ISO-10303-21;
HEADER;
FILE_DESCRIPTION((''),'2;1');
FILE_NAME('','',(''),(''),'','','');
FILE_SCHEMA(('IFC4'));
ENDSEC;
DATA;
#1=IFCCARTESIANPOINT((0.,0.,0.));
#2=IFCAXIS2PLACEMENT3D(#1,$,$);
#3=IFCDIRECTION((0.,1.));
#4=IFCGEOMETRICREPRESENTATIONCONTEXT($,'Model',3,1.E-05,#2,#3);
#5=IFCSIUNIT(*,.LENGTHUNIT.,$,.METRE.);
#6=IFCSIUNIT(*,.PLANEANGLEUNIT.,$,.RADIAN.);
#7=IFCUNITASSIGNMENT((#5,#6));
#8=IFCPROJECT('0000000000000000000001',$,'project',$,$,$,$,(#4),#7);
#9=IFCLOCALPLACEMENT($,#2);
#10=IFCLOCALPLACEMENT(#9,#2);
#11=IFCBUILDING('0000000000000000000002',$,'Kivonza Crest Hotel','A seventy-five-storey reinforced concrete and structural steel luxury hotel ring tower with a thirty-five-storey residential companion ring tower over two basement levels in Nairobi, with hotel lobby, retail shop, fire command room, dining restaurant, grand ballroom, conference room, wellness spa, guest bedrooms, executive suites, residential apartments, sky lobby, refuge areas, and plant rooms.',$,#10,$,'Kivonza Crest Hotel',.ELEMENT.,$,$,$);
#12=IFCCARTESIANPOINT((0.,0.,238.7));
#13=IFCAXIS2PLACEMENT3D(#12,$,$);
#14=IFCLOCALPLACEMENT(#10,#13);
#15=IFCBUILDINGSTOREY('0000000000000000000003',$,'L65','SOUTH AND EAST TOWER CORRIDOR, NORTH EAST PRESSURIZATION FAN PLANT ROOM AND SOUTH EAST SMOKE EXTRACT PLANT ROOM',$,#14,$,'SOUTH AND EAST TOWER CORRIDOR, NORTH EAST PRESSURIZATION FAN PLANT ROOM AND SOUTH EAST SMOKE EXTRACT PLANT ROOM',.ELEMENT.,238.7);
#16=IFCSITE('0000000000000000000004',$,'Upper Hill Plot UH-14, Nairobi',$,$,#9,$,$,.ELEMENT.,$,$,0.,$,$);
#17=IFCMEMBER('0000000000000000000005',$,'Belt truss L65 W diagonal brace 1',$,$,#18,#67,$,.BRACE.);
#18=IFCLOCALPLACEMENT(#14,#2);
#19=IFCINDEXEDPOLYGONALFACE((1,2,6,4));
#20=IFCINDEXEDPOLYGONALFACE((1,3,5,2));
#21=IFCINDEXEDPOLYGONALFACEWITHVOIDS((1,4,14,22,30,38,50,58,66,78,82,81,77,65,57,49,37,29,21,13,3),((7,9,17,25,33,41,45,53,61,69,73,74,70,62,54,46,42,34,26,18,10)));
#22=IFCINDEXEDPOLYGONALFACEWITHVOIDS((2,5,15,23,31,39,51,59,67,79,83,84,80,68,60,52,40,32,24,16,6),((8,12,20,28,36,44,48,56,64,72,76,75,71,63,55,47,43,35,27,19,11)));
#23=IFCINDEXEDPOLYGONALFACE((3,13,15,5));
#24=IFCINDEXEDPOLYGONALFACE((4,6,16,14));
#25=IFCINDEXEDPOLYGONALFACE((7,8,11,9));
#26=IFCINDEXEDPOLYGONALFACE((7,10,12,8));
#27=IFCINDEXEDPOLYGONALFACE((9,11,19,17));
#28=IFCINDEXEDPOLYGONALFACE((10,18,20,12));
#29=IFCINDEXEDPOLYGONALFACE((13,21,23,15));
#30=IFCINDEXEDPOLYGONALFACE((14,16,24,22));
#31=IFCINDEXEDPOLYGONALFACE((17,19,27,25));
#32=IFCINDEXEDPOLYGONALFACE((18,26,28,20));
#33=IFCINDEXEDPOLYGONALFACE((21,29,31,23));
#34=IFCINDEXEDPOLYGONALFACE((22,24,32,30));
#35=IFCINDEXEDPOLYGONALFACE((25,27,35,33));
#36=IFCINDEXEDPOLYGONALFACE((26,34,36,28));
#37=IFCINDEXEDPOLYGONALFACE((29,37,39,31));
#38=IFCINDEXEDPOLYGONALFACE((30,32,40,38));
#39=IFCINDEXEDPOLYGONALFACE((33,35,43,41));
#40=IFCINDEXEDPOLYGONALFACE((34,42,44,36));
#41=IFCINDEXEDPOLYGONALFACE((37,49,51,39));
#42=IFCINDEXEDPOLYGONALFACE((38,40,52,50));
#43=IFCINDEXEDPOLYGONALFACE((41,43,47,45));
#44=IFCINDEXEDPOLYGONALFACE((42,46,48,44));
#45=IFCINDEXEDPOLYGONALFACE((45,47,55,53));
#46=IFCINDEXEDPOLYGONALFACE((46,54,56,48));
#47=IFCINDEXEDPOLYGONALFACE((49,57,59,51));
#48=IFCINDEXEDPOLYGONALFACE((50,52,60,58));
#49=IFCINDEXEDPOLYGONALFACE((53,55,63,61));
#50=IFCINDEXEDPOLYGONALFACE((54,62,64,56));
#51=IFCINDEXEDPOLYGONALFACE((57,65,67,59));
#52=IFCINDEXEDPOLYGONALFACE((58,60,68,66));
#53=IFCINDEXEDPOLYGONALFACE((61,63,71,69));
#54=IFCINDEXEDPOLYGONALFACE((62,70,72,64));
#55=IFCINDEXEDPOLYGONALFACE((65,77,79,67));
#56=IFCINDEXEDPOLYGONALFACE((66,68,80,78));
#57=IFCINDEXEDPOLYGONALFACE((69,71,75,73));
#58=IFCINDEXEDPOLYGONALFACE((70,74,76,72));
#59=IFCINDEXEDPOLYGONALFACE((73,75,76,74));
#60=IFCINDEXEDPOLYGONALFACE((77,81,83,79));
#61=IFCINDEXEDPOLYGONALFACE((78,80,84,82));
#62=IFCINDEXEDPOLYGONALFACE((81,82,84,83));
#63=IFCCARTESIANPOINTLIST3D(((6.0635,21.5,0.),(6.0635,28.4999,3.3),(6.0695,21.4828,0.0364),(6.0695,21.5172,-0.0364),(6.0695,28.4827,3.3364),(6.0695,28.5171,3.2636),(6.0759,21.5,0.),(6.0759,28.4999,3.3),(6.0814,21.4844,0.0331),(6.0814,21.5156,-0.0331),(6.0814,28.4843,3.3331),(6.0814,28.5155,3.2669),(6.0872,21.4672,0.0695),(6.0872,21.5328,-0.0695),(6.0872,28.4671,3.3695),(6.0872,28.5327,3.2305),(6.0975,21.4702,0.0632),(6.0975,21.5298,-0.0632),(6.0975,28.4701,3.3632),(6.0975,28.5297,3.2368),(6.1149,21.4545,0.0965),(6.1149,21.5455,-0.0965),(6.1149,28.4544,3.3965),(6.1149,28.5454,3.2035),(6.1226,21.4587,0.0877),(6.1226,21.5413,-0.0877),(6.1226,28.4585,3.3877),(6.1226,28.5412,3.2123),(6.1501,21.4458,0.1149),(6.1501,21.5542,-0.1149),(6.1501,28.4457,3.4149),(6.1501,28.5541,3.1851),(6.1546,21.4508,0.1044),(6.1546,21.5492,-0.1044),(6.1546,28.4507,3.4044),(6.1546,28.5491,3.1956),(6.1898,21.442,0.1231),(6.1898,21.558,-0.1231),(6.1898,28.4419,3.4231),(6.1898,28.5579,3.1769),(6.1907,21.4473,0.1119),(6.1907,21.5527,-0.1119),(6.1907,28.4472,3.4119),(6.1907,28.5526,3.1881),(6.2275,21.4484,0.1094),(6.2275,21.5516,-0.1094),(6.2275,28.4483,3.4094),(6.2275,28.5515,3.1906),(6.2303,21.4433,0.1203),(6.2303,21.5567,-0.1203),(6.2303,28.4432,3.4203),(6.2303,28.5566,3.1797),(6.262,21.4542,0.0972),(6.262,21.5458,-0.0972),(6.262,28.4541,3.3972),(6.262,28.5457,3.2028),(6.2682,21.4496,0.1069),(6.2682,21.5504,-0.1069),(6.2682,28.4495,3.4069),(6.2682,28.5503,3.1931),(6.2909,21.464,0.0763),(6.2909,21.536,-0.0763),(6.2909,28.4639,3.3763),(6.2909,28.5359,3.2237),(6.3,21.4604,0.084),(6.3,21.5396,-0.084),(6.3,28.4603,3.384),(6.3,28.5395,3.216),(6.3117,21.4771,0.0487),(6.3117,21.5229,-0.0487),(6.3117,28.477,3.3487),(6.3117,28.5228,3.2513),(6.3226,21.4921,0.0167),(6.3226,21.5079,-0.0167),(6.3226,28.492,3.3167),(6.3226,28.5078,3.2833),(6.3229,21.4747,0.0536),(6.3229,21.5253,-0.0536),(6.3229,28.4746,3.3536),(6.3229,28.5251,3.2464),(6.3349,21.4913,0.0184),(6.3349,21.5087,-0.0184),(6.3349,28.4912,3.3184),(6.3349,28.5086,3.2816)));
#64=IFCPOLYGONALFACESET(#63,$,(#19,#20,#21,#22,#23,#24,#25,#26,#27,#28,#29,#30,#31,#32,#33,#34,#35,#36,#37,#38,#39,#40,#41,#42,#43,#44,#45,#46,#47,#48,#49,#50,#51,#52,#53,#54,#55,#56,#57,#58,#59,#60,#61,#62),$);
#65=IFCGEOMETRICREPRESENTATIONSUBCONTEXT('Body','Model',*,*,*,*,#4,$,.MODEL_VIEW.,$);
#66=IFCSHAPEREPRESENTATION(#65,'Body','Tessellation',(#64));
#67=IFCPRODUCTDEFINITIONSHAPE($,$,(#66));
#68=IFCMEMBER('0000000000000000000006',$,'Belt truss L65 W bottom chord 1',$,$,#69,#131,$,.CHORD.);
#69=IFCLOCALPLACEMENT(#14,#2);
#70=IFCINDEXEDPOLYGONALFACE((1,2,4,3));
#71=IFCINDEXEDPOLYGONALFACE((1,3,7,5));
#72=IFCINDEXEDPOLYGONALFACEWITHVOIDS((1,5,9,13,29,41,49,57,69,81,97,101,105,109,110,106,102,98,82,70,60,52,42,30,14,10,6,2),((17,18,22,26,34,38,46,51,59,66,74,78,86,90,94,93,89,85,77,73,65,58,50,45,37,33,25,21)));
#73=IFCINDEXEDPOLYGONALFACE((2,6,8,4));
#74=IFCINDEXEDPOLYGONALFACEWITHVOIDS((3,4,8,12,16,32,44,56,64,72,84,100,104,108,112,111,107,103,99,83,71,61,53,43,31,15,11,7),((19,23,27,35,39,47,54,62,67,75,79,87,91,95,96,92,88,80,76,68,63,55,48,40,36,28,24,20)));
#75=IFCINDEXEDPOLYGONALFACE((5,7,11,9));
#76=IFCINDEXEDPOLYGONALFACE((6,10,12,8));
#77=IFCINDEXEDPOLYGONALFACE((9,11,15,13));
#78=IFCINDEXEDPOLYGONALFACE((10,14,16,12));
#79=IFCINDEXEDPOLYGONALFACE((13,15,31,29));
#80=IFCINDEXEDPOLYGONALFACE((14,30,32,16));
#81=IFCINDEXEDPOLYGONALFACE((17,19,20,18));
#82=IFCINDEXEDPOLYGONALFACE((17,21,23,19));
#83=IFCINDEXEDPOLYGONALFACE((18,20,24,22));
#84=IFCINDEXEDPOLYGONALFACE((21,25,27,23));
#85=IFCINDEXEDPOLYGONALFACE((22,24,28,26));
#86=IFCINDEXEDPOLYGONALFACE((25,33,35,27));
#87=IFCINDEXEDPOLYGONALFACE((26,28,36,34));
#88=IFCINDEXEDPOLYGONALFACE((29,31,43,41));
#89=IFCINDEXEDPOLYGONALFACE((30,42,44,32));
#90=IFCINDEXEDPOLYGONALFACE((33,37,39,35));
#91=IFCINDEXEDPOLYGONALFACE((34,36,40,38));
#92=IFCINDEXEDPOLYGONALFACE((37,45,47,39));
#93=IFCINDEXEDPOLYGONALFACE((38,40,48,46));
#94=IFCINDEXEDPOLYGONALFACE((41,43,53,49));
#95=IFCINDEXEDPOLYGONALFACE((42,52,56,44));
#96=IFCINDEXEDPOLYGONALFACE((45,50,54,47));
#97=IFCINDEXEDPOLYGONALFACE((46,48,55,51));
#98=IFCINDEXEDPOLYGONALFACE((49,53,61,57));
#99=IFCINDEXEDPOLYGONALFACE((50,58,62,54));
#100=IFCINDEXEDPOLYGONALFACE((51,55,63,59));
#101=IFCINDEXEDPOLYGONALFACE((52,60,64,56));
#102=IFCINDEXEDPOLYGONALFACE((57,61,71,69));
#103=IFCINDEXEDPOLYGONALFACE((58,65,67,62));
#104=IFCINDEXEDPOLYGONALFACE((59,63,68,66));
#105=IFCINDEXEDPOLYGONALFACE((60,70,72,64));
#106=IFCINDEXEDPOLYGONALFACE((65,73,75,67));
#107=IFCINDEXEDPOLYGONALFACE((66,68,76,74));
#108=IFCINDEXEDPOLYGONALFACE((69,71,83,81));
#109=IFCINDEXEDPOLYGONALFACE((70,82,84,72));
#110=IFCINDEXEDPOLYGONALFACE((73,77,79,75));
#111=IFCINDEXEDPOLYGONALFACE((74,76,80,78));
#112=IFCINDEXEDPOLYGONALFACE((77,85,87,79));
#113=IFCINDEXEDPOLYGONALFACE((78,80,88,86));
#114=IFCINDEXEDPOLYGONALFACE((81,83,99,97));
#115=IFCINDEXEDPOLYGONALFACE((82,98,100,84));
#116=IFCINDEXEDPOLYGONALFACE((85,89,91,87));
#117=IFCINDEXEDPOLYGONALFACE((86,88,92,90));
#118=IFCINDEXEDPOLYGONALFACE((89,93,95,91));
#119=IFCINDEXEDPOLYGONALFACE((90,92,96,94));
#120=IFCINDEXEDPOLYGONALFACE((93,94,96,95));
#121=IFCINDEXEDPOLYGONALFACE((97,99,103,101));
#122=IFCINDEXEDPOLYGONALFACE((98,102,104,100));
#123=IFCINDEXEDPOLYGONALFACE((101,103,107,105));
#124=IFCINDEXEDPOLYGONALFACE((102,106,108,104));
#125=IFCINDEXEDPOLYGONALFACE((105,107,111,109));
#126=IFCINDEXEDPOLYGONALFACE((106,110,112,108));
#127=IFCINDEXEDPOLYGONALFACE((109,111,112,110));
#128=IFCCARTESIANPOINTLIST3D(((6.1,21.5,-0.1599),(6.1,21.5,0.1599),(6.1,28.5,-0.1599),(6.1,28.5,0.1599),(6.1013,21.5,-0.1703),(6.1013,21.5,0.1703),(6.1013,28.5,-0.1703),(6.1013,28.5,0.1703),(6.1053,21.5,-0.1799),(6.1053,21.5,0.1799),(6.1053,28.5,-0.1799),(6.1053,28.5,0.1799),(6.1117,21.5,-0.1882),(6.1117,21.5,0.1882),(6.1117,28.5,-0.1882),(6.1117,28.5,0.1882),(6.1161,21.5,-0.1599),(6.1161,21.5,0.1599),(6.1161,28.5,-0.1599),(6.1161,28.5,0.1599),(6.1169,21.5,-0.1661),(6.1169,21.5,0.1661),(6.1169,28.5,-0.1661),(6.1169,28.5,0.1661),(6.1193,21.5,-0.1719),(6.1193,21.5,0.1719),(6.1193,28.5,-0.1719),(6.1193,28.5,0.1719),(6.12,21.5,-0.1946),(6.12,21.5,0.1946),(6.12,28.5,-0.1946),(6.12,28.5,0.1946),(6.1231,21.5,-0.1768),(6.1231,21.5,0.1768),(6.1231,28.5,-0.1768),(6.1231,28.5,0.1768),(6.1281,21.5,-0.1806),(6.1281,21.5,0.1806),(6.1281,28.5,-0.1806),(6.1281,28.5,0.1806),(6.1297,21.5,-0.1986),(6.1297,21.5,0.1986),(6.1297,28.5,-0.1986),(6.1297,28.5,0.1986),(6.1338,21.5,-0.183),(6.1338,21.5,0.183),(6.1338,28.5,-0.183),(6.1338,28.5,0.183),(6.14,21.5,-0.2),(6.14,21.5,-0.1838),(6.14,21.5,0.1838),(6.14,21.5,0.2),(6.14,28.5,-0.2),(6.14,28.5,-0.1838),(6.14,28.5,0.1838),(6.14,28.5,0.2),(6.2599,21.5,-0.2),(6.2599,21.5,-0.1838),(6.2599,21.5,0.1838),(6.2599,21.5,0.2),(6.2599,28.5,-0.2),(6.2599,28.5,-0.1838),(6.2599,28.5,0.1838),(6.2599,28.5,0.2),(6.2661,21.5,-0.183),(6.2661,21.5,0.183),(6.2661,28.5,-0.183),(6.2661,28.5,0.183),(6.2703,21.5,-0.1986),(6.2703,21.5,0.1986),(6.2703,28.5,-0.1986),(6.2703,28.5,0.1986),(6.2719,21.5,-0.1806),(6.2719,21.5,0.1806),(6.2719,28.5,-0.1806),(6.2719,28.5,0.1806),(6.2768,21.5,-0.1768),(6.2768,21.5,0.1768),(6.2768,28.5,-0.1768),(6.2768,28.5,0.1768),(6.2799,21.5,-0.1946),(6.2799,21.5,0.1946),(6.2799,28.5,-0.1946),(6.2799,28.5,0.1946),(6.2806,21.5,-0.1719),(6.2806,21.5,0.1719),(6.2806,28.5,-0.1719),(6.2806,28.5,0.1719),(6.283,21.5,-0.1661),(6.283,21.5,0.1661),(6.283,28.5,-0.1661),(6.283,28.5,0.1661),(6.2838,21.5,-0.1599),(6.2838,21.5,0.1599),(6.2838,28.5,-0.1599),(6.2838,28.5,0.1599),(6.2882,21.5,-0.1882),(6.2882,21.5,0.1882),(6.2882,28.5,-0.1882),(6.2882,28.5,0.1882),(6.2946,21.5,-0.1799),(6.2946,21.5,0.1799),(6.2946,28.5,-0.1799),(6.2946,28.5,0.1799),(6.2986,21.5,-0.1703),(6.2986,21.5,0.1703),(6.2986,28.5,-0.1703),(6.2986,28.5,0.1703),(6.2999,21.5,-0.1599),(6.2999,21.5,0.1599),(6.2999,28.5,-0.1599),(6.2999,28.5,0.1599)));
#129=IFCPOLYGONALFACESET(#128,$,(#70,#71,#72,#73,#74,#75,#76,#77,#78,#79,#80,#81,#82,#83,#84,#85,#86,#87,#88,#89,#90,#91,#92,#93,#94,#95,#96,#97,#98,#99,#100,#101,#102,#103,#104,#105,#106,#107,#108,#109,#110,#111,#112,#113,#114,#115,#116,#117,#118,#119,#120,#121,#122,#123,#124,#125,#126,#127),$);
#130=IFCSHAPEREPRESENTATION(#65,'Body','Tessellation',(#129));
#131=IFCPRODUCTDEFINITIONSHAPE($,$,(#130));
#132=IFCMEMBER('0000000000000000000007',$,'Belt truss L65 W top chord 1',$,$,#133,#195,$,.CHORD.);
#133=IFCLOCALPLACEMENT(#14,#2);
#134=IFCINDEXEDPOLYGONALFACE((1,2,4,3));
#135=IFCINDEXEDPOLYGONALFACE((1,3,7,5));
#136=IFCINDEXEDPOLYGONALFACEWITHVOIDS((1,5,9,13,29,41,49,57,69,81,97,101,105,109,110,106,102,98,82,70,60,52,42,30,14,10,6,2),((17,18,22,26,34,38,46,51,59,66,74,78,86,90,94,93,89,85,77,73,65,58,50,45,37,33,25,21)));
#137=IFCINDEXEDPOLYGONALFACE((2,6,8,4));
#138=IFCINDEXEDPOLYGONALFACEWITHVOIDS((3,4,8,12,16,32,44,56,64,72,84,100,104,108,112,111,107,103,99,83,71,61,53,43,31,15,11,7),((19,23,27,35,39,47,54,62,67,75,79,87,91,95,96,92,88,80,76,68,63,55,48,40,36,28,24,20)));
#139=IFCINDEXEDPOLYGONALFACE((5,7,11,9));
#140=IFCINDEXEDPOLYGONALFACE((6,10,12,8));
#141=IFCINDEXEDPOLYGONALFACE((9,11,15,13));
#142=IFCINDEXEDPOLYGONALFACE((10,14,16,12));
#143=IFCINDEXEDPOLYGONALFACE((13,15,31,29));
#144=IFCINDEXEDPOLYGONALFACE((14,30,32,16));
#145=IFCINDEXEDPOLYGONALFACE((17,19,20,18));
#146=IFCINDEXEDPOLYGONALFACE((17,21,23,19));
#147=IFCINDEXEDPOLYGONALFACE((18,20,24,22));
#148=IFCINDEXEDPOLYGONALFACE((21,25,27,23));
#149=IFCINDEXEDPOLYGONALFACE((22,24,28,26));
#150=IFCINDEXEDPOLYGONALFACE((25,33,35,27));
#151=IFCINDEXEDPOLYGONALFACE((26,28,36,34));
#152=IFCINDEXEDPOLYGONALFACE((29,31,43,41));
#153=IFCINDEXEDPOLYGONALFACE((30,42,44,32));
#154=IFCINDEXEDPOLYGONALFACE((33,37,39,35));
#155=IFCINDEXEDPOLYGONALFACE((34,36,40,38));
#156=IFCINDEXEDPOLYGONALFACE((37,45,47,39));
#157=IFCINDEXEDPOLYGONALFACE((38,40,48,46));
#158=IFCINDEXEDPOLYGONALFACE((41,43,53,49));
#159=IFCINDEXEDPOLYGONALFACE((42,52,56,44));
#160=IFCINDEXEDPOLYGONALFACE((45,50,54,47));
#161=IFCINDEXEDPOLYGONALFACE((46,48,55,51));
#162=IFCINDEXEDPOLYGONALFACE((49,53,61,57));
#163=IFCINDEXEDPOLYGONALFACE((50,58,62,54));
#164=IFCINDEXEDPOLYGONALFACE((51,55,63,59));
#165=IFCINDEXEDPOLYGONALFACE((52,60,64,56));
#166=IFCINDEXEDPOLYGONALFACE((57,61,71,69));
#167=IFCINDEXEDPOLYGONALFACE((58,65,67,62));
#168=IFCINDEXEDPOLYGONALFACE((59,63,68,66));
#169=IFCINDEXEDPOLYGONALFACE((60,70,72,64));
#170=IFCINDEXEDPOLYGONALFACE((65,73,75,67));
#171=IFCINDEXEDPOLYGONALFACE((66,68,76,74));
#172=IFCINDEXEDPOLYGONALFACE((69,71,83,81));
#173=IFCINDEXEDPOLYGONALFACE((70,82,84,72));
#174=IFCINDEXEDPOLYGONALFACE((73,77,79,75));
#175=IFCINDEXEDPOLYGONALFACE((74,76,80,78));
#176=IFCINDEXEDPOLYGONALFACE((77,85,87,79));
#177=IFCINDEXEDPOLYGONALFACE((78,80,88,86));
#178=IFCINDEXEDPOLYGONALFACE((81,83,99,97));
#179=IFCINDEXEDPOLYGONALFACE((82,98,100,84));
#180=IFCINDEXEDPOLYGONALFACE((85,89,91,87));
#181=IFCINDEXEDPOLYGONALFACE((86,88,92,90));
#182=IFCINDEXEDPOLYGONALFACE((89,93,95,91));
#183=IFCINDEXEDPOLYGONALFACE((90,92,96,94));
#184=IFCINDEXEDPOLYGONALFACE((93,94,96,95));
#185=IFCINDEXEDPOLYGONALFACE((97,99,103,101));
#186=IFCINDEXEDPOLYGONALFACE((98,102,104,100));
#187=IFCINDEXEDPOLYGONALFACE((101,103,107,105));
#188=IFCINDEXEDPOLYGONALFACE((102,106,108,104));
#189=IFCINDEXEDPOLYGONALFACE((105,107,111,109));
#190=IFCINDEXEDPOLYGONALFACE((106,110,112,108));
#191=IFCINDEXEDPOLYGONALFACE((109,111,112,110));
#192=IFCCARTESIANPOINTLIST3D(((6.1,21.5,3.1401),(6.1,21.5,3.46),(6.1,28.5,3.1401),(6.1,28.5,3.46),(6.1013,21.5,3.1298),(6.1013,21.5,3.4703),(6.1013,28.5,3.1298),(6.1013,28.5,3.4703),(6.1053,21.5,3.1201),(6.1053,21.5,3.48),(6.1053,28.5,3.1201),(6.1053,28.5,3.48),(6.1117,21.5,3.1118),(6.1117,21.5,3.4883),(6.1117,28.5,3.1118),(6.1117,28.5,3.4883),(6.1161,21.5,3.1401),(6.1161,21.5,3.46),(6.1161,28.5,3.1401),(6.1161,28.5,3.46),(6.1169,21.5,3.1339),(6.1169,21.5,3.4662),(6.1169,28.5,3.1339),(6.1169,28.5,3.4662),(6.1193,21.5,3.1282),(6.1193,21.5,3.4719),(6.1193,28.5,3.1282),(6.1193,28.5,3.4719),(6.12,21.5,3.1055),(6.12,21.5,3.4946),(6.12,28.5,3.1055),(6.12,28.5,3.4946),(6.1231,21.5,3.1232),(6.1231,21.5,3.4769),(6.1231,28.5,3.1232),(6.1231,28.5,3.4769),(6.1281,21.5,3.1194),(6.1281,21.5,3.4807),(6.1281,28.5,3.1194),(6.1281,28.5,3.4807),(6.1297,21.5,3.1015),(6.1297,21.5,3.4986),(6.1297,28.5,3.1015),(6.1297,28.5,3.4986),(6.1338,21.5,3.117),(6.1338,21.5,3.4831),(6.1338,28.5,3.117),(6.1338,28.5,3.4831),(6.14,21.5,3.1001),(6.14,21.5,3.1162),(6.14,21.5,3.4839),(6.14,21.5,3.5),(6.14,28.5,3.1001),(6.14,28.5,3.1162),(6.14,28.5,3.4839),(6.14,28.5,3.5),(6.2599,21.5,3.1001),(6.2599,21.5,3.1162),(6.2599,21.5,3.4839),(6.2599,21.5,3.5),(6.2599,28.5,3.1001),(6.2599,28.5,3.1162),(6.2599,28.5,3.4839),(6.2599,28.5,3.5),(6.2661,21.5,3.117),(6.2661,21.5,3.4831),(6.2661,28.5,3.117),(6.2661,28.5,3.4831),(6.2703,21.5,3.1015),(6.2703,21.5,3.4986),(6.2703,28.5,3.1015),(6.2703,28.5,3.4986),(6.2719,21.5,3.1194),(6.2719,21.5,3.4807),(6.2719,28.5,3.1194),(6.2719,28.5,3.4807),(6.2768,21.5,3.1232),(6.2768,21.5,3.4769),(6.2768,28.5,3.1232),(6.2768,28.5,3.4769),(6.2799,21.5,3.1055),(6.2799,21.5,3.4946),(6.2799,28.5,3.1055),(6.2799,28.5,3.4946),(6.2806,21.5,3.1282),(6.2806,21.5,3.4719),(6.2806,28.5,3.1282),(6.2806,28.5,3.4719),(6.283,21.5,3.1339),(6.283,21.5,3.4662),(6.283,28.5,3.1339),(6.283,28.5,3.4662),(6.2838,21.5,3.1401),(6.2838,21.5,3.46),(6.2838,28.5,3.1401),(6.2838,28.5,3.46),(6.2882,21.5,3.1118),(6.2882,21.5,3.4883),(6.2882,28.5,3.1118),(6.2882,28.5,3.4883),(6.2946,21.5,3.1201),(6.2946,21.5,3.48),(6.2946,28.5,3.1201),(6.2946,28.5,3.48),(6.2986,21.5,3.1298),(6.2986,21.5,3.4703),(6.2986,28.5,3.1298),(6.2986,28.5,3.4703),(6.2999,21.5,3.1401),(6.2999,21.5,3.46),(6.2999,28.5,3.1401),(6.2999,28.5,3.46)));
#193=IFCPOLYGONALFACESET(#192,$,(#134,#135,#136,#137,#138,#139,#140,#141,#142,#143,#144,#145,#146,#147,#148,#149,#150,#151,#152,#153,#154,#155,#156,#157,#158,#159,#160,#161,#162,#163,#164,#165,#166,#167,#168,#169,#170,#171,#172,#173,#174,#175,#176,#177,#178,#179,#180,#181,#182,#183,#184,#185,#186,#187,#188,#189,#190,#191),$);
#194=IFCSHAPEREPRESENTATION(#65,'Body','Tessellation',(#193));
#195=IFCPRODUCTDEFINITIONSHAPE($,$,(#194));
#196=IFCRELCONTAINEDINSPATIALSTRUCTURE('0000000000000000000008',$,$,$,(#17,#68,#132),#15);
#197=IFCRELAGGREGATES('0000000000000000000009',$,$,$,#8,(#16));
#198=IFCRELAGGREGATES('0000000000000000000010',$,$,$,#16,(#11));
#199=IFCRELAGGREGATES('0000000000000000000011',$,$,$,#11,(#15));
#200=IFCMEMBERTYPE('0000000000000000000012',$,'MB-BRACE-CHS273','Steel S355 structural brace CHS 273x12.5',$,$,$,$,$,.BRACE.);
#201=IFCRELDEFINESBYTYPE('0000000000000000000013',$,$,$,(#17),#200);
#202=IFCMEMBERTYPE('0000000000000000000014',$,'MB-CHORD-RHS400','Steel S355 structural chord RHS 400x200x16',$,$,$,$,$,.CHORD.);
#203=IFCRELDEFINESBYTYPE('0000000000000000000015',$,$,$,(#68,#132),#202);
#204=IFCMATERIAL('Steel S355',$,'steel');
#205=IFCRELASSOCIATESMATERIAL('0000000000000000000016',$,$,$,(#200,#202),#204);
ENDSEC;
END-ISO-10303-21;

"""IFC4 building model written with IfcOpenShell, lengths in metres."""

from ifc_helpers import new_model, si_unit, direction, frame, origin, origin_2d, place, context, subcontext, project, spatial, hollow_rectangle, hollow_circle, extrude, material, material_profile, profile_set, type_object, element, save


model = new_model("IFC4")

# Units and contexts
model_context = context("Model", 3, precision=1e-05, world=origin(), true_north=direction((0.0, 1.0)))
body_context = subcontext(model_context, "Body", "Model", "MODEL_VIEW")
ifc_project = project(units=[si_unit("LENGTHUNIT", "METRE"), si_unit("PLANEANGLEUNIT", "RADIAN")], contexts=[model_context])

# Site, building, storey
site_placement = place(None, origin())
site = spatial("IfcSite", under=ifc_project, at=site_placement, Name="Upper Hill Plot UH-14, Nairobi", CompositionType="ELEMENT", RefElevation=0.0)
building_placement = place(site_placement, origin())
building = spatial("IfcBuilding", under=site, at=building_placement, Name="Kivonza Crest Hotel", Description="A seventy-five-storey reinforced concrete and structural steel luxury hotel ring tower with a thirty-five-storey residential companion ring tower over two basement levels in Nairobi, with hotel lobby, retail shop, fire command room, dining restaurant, grand ballroom, conference room, wellness spa, guest bedrooms, executive suites, residential apartments, sky lobby, refuge areas, and plant rooms.", LongName="Kivonza Crest Hotel", CompositionType="ELEMENT")
storey_placement = place(building_placement, frame((0.0, 0.0, 238.7)))
storey = spatial("IfcBuildingStorey", under=building, at=storey_placement, Name="L65", Description="SOUTH AND EAST TOWER CORRIDOR, NORTH EAST PRESSURIZATION FAN PLANT ROOM AND SOUTH EAST SMOKE EXTRACT PLANT ROOM", LongName="SOUTH AND EAST TOWER CORRIDOR, NORTH EAST PRESSURIZATION FAN PLANT ROOM AND SOUTH EAST SMOKE EXTRACT PLANT ROOM", CompositionType="ELEMENT", Elevation=238.7)

# Shared definitions
ifc_material_1 = material(Name="Steel S355", Category="steel")

# Members
ifc_material_profile_1 = material_profile(ifc_material_1, hollow_circle(Radius=0.1365, WallThickness=0.0125, at=origin_2d()), Name="CHS 273x12.5")
ifc_profile_set_1 = profile_set([ifc_material_profile_1], Name="Steel S355")
member_type_1 = type_object("IfcMemberType", Name="MB-BRACE-CHS273", Description="Steel S355 structural brace CHS 273x12.5", PredefinedType="BRACE", material=ifc_profile_set_1)
member_placement = place(storey_placement, frame((6.2, 21.5, 0.0), z_axis=(0.0, 0.904523, 0.426424), x_axis=(-1.0, 0.0, 0.0)))
element("IfcMember", 1, at=member_placement, inside=storey, type_object=member_type_1, Name="Belt truss L65 W diagonal brace 1", PredefinedType="BRACE", context=body_context, shape_type="SweptSolid", body=[
    extrude(hollow_circle(Radius=0.1365, WallThickness=0.0125, at=origin_2d()), origin(), (0.0, 0.0, 1.0), 7.7388),
])
ifc_material_profile_2 = material_profile(ifc_material_1, hollow_rectangle(XDim=0.2, YDim=0.3999, WallThickness=0.0161, InnerFilletRadius=0.0239, OuterFilletRadius=0.04, at=origin_2d()), Name="RHS 400x200x16")
ifc_profile_set_2 = profile_set([ifc_material_profile_2], Name="Steel S355")
member_type_2 = type_object("IfcMemberType", Name="MB-CHORD-RHS400", Description="Steel S355 structural chord RHS 400x200x16", PredefinedType="CHORD", material=ifc_profile_set_2)
for number, where, z_axis, x_axis, name in (
    (2, (6.2, 21.5, 0.0), (0.0, 1.0, 0.0), (-1.0, 0.0, 0.0), "Belt truss L65 W bottom chord 1"),
    (3, (6.2, 21.5, 3.3), (0.0, 1.0, 0.0), (-1.0, 0.0, 0.0), "Belt truss L65 W top chord 1"),
):
    element("IfcMember", number, at=place(storey_placement, frame(where, z_axis=z_axis, x_axis=x_axis)), inside=storey, type_object=member_type_2, Name=name, PredefinedType="CHORD", context=body_context, shape_type="SweptSolid", body=[
        extrude(hollow_rectangle(XDim=0.2, YDim=0.3999, WallThickness=0.0161, InnerFilletRadius=0.0239, OuterFilletRadius=0.04, at=origin_2d()), origin(), (0.0, 0.0, 1.0), 7.0),
    ])

save(model, "model.ifc")
